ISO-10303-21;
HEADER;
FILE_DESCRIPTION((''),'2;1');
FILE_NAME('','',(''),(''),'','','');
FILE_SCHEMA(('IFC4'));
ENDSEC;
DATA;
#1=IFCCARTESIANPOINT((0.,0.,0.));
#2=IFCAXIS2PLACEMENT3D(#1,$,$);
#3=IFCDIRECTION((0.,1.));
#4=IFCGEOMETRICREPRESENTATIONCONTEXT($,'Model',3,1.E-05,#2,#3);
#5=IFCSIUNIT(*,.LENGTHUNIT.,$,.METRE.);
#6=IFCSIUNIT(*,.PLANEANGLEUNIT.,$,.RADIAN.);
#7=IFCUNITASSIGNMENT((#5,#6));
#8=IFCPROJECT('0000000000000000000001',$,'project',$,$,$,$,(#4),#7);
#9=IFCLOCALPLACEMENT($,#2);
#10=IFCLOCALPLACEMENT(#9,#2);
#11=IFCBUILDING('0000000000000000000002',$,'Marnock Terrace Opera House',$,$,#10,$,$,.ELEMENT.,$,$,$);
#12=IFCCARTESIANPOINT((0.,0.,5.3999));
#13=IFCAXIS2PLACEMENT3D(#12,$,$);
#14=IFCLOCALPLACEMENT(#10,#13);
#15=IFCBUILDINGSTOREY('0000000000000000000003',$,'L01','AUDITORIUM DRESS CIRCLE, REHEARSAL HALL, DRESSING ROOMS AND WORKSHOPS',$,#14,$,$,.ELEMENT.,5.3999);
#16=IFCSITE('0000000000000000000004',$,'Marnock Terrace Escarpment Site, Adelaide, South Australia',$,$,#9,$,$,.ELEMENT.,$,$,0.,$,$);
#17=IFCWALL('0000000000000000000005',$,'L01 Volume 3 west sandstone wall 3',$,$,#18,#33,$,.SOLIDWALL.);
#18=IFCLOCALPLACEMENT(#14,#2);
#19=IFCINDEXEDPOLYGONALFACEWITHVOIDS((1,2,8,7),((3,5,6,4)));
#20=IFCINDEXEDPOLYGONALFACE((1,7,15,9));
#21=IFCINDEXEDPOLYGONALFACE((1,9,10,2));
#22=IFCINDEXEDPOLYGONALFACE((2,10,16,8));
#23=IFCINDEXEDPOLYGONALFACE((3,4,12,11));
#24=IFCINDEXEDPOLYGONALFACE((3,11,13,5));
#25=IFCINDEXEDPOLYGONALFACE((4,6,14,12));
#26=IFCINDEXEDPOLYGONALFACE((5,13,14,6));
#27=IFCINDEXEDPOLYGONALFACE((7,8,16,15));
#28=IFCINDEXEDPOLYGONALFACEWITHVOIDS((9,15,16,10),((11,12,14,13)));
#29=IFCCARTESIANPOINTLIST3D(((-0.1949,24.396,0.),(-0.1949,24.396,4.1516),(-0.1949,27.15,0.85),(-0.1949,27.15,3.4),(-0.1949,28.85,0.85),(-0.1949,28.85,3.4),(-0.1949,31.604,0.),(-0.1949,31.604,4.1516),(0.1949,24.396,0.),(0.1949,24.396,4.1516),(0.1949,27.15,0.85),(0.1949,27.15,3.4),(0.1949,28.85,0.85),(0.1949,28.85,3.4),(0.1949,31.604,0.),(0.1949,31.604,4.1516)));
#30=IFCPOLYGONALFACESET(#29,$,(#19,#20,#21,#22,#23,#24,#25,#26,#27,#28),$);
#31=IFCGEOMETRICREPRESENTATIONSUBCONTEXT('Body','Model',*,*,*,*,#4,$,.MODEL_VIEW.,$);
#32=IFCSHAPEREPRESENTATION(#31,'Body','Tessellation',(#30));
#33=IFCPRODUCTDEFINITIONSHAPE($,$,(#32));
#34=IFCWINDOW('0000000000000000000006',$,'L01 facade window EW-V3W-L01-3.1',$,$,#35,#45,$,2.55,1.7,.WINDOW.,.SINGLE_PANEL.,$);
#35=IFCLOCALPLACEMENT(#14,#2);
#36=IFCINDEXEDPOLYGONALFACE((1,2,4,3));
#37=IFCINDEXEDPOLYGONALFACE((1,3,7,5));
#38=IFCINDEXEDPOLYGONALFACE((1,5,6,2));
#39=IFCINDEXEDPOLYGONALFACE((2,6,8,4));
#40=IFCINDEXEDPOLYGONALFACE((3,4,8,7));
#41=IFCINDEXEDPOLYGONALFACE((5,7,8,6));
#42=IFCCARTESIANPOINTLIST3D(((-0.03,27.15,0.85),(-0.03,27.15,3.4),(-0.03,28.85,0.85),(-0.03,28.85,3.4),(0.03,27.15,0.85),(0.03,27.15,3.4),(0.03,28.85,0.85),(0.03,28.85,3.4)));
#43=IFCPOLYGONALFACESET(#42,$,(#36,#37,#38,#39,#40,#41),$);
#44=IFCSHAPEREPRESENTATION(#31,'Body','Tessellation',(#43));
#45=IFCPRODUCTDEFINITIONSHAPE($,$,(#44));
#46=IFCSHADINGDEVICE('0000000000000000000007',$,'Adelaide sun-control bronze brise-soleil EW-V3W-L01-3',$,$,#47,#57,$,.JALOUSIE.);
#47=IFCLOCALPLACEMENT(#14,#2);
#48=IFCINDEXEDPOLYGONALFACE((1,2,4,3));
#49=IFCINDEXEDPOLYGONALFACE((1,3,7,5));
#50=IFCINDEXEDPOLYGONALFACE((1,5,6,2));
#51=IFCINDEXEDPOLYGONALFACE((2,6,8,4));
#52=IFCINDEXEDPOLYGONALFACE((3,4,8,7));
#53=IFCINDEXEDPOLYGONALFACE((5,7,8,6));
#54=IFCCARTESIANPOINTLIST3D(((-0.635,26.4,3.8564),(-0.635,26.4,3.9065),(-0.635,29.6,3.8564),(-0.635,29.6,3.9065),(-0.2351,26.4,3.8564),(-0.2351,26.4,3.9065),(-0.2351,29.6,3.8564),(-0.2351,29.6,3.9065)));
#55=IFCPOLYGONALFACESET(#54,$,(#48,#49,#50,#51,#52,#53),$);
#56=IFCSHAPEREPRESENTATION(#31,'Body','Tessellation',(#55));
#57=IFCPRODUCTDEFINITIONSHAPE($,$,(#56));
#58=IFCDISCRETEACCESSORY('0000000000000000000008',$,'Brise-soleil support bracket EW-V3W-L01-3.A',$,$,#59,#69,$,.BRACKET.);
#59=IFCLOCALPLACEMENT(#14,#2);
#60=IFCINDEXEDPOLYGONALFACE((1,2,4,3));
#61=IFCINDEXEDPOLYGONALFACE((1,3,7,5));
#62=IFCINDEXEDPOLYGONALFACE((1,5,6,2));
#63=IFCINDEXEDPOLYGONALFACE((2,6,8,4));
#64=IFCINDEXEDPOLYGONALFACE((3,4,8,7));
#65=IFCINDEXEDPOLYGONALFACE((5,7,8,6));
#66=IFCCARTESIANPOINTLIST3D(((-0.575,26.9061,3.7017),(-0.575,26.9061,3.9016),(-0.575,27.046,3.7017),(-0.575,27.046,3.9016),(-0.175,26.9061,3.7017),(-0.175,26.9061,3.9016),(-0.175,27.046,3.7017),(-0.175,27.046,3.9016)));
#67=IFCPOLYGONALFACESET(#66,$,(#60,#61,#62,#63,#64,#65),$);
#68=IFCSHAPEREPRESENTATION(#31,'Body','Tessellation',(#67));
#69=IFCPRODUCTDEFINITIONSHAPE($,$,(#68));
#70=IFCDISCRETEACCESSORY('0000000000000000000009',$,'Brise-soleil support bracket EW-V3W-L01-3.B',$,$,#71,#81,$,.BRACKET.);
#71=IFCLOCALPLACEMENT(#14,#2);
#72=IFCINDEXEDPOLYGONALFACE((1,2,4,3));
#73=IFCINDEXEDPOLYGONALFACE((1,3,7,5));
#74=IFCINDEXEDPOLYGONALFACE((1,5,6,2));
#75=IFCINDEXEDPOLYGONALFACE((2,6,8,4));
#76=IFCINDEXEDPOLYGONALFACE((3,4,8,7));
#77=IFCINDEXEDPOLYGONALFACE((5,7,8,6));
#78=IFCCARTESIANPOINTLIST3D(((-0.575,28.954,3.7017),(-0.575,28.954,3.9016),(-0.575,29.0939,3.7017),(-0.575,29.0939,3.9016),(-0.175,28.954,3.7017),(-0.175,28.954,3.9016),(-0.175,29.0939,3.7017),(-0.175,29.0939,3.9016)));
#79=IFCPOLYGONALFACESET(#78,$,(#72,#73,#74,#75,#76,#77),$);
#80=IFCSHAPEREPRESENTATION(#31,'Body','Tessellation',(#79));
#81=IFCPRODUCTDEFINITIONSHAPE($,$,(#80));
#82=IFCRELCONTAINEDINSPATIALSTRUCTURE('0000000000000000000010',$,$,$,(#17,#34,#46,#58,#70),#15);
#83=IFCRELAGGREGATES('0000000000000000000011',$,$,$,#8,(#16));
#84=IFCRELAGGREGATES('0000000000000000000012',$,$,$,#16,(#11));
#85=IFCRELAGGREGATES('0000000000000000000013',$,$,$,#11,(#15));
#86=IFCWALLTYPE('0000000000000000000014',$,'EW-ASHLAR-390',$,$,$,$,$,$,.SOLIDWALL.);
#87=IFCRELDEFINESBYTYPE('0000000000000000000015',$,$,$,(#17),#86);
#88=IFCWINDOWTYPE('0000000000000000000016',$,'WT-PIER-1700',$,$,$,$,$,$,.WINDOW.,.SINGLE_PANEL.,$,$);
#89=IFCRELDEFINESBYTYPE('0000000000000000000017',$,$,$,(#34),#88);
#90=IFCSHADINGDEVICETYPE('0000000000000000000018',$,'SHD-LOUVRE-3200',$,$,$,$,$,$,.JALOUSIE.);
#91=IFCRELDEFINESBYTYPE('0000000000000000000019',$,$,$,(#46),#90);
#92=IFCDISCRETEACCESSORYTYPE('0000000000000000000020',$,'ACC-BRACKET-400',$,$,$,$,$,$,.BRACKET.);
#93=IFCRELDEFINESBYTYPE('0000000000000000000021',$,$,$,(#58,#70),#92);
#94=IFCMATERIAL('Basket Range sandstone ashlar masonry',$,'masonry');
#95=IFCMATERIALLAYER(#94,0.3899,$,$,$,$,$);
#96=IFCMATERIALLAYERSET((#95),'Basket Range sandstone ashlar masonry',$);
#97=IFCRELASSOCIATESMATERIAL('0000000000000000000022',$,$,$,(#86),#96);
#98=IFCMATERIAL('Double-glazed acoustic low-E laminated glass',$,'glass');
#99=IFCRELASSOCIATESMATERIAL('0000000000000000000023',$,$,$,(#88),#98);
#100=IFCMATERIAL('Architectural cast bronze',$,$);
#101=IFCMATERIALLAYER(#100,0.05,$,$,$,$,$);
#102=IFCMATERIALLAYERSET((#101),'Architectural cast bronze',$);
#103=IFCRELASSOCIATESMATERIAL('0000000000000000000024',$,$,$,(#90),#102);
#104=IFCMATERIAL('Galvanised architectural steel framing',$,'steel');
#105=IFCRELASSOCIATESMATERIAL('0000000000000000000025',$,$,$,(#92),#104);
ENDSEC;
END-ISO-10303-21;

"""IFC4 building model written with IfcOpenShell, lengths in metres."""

from ifc_helpers import new_model, si_unit, direction, frame, frame_2d, origin, origin_2d, place, context, subcontext, project, spatial, rectangle, extrude, material, layer, layer_set, type_object, element, fill, save


model = new_model("IFC4")

# Units and contexts
model_context = context("Model", 3, precision=1e-05, world=origin(), true_north=direction((0.0, 1.0)))
body_context = subcontext(model_context, "Body", "Model", "MODEL_VIEW")
ifc_project = project(units=[si_unit("LENGTHUNIT", "METRE"), si_unit("PLANEANGLEUNIT", "RADIAN")], contexts=[model_context])

# Site, building, storey
site_placement = place(None, origin())
site = spatial("IfcSite", under=ifc_project, at=site_placement, Name="Marnock Terrace Escarpment Site, Adelaide, South Australia", CompositionType="ELEMENT", RefElevation=0.0)
building_placement = place(site_placement, origin())
building = spatial("IfcBuilding", under=site, at=building_placement, Name="Marnock Terrace Opera House", CompositionType="ELEMENT")
storey_placement = place(building_placement, frame((0.0, 0.0, 5.3999)))
storey = spatial("IfcBuildingStorey", under=building, at=storey_placement, Name="L01", Description="AUDITORIUM DRESS CIRCLE, REHEARSAL HALL, DRESSING ROOMS AND WORKSHOPS", CompositionType="ELEMENT", Elevation=5.3999)

# Wall, opening, window
ifc_material_1 = material(Name="Basket Range sandstone ashlar masonry", Category="masonry")
ifc_layer_1 = layer(ifc_material_1, 0.3899)
ifc_layer_set_1 = layer_set([ifc_layer_1], Name="Basket Range sandstone ashlar masonry")
wall_type = type_object("IfcWallType", Name="EW-ASHLAR-390", PredefinedType="SOLIDWALL", material=ifc_layer_set_1)
wall_placement = place(storey_placement, frame((0.0, 24.396, 0.0), z_axis=(0.0, 0.0, 1.0), x_axis=(0.0, 1.0, 0.0)))
wall = element("IfcWall", 1, at=wall_placement, inside=storey, type_object=wall_type, Name="L01 Volume 3 west sandstone wall 3", PredefinedType="SOLIDWALL", context=body_context, shape_type="SweptSolid", body=[
    extrude(rectangle(XDim=7.208, YDim=0.3899, at=frame_2d((3.604, 0.0))), origin(), (0.0, 0.0, 1.0), 4.1516),
])
opening_placement = place(wall_placement, frame((2.7539, 0.0, 0.8501)))
opening = element("IfcOpeningElement", 2, at=opening_placement, cuts=wall, PredefinedType="OPENING", context=body_context, shape_type="SweptSolid", body=[
    extrude(rectangle(XDim=1.7, YDim=2.55, at=frame_2d((0.8501, 1.2749))), frame((0.0, 0.2048, 0.0), z_axis=(0.0, -1.0, 0.0), x_axis=(1.0, 0.0, 0.0)), (0.0, 0.0, 1.0), 0.4099),
])
ifc_material_2 = material(Name="Double-glazed acoustic low-E laminated glass", Category="glass")
window_type = type_object("IfcWindowType", Name="WT-PIER-1700", PartitioningType="SINGLE_PANEL", PredefinedType="WINDOW", material=ifc_material_2)
window_placement = place(opening_placement, origin())
window = element("IfcWindow", 3, at=window_placement, inside=storey, type_object=window_type, Name="L01 facade window EW-V3W-L01-3.1", OverallHeight=2.55, OverallWidth=1.7, PartitioningType="SINGLE_PANEL", PredefinedType="WINDOW", context=body_context, shape_type="SweptSolid", body=[
    extrude(rectangle(XDim=1.7, YDim=2.55, at=frame_2d((0.8501, 1.2749))), frame((0.0, 0.03, 0.0), z_axis=(0.0, -1.0, 0.0), x_axis=(1.0, 0.0, 0.0)), (0.0, 0.0, 1.0), 0.0601),
])
fill(opening, window)

# Shading device
ifc_material_3 = material(Name="Architectural cast bronze")
ifc_layer_2 = layer(ifc_material_3, 0.05)
ifc_layer_set_2 = layer_set([ifc_layer_2], Name="Architectural cast bronze")
shading_device_type = type_object("IfcShadingDeviceType", Name="SHD-LOUVRE-3200", PredefinedType="JALOUSIE", material=ifc_layer_set_2)
shading_device_placement = place(storey_placement, frame((-0.4351, 28.0, 3.8564), z_axis=(0.0, 0.0, 1.0), x_axis=(0.0, 1.0, 0.0)))
element("IfcShadingDevice", 4, at=shading_device_placement, inside=storey, type_object=shading_device_type, Name="Adelaide sun-control bronze brise-soleil EW-V3W-L01-3", PredefinedType="JALOUSIE", context=body_context, shape_type="SweptSolid", body=[
    extrude(rectangle(XDim=3.2, YDim=0.3999, at=origin_2d()), origin(), (0.0, 0.0, 1.0), 0.05),
])

# Discrete accessories
ifc_material_4 = material(Name="Galvanised architectural steel framing", Category="steel")
discrete_accessory_type = type_object("IfcDiscreteAccessoryType", Name="ACC-BRACKET-400", PredefinedType="BRACKET", material=ifc_material_4)
for number, where, z_axis, x_axis, name in (
    (5, (-0.375, 26.9761, 3.7017), (0.0, 0.0, 1.0), (0.0, 1.0, 0.0), "Brise-soleil support bracket EW-V3W-L01-3.A"),
    (6, (-0.375, 29.0239, 3.7017), (0.0, 0.0, 1.0), (0.0, 1.0, 0.0), "Brise-soleil support bracket EW-V3W-L01-3.B"),
):
    element("IfcDiscreteAccessory", number, at=place(storey_placement, frame(where, z_axis=z_axis, x_axis=x_axis)), inside=storey, type_object=discrete_accessory_type, Name=name, PredefinedType="BRACKET", context=body_context, shape_type="SweptSolid", body=[
        extrude(rectangle(XDim=0.1399, YDim=0.3999, at=origin_2d()), origin(), (0.0, 0.0, 1.0), 0.2),
    ])

save(model, "model.ifc")
